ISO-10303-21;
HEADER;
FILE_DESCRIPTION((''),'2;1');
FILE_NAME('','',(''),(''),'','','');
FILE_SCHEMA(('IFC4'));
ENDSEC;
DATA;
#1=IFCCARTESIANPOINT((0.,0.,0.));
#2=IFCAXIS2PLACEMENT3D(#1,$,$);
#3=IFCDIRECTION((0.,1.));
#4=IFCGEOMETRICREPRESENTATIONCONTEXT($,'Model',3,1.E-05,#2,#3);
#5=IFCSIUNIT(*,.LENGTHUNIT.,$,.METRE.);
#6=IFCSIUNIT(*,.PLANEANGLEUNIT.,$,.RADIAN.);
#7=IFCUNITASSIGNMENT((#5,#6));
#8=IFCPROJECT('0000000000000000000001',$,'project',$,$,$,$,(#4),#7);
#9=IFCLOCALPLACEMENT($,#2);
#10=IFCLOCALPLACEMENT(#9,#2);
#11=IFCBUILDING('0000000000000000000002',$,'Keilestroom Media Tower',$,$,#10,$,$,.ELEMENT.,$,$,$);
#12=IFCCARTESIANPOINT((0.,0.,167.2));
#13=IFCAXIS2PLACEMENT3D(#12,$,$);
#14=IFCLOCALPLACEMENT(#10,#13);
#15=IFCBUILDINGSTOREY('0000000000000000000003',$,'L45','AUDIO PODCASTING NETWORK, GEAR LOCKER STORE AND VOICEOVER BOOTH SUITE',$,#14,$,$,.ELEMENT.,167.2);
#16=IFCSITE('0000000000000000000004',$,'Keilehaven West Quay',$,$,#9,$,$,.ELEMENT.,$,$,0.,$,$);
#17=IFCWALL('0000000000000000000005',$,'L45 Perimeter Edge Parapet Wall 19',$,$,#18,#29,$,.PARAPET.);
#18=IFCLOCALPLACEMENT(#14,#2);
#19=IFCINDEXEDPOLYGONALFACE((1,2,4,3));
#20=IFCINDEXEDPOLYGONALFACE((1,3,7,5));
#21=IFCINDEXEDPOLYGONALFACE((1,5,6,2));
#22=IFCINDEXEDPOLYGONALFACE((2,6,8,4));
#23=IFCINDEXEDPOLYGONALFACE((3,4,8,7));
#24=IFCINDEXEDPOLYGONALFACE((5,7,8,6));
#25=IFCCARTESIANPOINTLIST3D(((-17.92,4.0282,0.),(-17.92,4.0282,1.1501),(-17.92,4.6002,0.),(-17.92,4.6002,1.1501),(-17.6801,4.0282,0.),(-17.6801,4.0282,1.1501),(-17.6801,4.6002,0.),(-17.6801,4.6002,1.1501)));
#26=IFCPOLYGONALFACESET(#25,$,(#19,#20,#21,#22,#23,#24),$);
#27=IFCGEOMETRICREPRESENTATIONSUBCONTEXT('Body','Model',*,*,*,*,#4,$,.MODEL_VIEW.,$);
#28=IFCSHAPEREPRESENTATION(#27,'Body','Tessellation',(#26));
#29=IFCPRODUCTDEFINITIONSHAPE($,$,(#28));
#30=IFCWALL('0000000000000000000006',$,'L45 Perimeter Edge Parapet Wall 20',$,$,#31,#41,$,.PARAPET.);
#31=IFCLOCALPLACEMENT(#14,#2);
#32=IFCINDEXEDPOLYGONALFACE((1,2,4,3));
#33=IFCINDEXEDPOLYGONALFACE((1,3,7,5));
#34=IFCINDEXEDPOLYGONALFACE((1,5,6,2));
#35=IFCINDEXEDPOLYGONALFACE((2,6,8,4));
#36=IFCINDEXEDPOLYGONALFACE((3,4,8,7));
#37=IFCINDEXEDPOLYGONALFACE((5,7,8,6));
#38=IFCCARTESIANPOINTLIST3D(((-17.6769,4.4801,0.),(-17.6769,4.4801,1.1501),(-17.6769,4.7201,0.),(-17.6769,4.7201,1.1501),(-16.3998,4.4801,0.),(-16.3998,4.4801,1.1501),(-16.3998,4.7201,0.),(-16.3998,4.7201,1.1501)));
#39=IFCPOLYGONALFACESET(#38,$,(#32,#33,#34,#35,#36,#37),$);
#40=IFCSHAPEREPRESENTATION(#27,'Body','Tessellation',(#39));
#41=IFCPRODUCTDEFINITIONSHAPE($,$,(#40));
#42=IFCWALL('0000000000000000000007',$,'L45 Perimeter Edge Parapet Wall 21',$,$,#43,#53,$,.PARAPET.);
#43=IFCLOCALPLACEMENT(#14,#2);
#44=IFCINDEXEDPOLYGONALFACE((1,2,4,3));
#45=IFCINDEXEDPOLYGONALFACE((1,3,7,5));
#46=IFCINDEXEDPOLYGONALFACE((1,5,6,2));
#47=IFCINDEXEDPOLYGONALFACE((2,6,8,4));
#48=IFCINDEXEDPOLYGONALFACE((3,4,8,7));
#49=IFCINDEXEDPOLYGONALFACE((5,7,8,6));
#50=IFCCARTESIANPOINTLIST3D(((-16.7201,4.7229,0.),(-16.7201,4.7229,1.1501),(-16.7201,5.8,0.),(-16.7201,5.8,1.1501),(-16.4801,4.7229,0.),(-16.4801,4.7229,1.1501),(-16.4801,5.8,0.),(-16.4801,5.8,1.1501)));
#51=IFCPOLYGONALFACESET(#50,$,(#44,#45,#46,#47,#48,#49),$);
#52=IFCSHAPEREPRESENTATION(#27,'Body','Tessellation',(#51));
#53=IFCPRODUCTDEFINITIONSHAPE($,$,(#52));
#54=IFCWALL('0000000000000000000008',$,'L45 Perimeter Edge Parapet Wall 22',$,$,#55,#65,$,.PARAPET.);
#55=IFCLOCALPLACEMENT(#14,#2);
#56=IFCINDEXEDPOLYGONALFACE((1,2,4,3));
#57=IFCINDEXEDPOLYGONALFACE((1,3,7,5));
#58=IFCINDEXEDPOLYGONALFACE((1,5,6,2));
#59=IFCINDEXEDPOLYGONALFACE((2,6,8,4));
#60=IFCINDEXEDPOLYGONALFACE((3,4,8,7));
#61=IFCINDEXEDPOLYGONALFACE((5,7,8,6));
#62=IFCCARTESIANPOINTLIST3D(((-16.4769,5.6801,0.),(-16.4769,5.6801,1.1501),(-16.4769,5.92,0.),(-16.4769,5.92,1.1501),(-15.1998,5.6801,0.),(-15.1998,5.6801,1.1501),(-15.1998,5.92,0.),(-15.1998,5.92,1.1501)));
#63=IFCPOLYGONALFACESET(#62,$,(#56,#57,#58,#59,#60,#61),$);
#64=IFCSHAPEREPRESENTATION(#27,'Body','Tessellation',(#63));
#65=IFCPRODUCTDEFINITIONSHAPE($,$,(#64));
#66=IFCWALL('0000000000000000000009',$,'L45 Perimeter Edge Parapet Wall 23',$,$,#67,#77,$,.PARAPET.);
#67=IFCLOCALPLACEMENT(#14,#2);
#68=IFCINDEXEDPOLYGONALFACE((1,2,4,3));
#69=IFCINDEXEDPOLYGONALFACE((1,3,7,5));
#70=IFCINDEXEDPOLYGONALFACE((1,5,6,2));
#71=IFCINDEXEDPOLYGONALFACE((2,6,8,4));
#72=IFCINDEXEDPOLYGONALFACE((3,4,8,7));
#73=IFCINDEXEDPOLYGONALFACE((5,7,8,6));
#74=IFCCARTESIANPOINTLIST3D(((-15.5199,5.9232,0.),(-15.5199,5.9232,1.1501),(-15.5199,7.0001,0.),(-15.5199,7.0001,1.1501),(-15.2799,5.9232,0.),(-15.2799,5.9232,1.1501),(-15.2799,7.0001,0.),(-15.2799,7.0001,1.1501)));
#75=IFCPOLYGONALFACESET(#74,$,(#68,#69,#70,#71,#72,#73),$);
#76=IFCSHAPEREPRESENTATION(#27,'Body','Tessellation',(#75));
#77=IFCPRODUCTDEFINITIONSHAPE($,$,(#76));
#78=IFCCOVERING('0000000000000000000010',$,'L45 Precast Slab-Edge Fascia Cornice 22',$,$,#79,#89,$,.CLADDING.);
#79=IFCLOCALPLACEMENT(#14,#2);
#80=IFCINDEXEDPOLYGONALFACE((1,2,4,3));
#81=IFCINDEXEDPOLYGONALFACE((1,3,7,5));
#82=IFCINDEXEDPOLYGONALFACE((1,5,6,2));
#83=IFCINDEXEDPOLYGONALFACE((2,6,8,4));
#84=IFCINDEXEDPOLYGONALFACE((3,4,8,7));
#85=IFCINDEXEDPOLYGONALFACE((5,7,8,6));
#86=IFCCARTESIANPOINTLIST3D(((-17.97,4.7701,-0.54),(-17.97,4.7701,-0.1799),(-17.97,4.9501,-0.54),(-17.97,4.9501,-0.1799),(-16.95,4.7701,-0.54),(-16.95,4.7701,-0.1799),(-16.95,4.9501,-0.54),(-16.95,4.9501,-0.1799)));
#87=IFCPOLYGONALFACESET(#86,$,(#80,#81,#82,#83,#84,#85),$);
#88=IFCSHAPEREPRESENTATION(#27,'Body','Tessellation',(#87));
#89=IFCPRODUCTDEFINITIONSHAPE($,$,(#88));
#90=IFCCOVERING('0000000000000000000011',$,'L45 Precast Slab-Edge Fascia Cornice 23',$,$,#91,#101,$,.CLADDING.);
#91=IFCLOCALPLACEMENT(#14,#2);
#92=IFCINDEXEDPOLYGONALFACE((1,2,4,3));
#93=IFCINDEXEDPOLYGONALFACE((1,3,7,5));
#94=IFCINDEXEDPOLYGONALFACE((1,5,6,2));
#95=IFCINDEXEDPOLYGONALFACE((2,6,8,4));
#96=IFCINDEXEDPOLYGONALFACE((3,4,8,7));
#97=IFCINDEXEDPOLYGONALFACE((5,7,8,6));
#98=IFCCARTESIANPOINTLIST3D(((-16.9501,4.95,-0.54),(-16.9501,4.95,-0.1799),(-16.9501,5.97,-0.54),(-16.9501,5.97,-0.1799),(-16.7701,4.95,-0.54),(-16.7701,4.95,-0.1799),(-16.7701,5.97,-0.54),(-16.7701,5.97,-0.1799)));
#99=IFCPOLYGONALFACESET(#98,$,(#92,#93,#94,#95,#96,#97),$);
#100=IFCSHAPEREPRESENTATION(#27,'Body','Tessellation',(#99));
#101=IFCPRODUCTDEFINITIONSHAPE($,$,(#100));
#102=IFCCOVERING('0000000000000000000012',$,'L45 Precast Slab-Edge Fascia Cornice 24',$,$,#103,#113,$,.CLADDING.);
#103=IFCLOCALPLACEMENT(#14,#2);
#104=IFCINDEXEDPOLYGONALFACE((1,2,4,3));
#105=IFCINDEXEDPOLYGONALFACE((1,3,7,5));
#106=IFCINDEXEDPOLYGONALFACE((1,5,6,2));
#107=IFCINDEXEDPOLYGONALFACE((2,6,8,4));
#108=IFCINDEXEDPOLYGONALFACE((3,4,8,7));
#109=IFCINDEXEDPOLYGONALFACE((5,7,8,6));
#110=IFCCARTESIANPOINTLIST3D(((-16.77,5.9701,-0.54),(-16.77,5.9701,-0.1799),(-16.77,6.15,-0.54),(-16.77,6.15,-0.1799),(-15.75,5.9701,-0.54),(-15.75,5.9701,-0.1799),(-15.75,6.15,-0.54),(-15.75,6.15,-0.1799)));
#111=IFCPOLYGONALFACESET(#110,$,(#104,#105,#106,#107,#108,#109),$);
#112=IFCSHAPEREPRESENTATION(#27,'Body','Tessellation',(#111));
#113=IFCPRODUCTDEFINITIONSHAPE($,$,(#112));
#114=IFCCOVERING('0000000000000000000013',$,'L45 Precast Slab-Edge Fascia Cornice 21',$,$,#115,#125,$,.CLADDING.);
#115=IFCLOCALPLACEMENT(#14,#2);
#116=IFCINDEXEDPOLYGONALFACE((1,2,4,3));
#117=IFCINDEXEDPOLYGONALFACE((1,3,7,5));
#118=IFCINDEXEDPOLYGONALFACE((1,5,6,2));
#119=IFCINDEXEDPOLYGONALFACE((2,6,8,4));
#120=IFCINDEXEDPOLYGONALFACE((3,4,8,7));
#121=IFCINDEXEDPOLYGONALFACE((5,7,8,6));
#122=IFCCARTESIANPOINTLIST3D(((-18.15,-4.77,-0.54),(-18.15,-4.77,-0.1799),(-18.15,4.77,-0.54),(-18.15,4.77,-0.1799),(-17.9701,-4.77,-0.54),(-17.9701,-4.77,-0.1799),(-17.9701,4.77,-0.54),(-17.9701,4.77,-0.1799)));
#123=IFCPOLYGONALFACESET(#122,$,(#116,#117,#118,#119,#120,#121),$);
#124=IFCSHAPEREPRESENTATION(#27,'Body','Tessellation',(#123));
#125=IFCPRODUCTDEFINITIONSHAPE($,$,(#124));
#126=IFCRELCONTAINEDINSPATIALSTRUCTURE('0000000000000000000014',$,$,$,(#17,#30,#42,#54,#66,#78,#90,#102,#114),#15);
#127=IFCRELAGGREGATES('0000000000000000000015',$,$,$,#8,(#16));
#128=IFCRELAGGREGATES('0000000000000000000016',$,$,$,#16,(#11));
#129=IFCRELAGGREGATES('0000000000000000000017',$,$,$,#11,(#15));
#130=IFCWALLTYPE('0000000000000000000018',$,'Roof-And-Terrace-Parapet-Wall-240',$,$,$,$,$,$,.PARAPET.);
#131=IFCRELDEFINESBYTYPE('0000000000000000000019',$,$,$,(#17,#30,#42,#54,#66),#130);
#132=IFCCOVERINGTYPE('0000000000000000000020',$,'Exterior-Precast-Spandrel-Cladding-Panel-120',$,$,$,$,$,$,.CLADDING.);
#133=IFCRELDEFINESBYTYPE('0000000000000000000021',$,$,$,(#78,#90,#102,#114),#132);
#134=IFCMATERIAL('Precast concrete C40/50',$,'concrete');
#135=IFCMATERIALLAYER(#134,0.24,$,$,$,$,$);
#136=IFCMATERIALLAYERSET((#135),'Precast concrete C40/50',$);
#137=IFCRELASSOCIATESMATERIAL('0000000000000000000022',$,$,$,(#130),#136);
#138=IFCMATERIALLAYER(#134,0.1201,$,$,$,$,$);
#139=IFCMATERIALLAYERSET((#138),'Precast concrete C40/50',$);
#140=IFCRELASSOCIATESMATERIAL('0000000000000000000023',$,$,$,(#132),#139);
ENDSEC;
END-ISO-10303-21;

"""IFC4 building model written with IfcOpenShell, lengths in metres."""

from ifc_helpers import new_model, si_unit, direction, frame, frame_2d, origin, origin_2d, place, context, subcontext, project, spatial, rectangle, extrude, source, transform, mapped, material, layer, layer_set, type_object, element, save


model = new_model("IFC4")

# Units and contexts
model_context = context("Model", 3, precision=1e-05, world=origin(), true_north=direction((0.0, 1.0)))
body_context = subcontext(model_context, "Body", "Model", "MODEL_VIEW")
ifc_project = project(units=[si_unit("LENGTHUNIT", "METRE"), si_unit("PLANEANGLEUNIT", "RADIAN")], contexts=[model_context])

# Site, building, storey
site_placement = place(None, origin())
site = spatial("IfcSite", under=ifc_project, at=site_placement, Name="Keilehaven West Quay", CompositionType="ELEMENT", RefElevation=0.0)
building_placement = place(site_placement, origin())
building = spatial("IfcBuilding", under=site, at=building_placement, Name="Keilestroom Media Tower", CompositionType="ELEMENT")
storey_placement = place(building_placement, frame((0.0, 0.0, 167.2)))
storey = spatial("IfcBuildingStorey", under=building, at=storey_placement, Name="L45", Description="AUDIO PODCASTING NETWORK, GEAR LOCKER STORE AND VOICEOVER BOOTH SUITE", CompositionType="ELEMENT", Elevation=167.2)

# Shared definitions
ifc_material_1 = material(Name="Precast concrete C40/50", Category="concrete")

# Walls
ifc_layer_1 = layer(ifc_material_1, 0.24)
ifc_layer_set_1 = layer_set([ifc_layer_1], Name="Precast concrete C40/50")
wall_type_1 = type_object("IfcWallType", Name="Roof-And-Terrace-Parapet-Wall-240", PredefinedType="PARAPET", material=ifc_layer_set_1)
wall_1_placement = place(storey_placement, frame((-17.8, 4.0281, 0.0), z_axis=(0.0, 0.0, 1.0), x_axis=(0.0, 1.0, 0.0)))
element("IfcWall", 1, at=wall_1_placement, inside=storey, type_object=wall_type_1, Name="L45 Perimeter Edge Parapet Wall 19", PredefinedType="PARAPET", context=body_context, shape_type="SweptSolid", body=[
    extrude(rectangle(XDim=0.572, YDim=0.24, at=frame_2d((0.2861, 0.0))), origin(), (0.0, 0.0, 1.0), 1.1501),
])
wall_2_placement = place(storey_placement, frame((-17.677, 4.6001, 0.0), z_axis=(0.0, 0.0, 1.0), x_axis=(1.0, 0.0, 0.0)))
element("IfcWall", 2, at=wall_2_placement, inside=storey, type_object=wall_type_1, Name="L45 Perimeter Edge Parapet Wall 20", PredefinedType="PARAPET", context=body_context, shape_type="SweptSolid", body=[
    extrude(rectangle(XDim=1.2771, YDim=0.24, at=frame_2d((0.6387, 0.0))), origin(), (0.0, 0.0, 1.0), 1.1501),
])
wall_3_placement = place(storey_placement, frame((-16.6001, 4.7229, 0.0), z_axis=(0.0, 0.0, 1.0), x_axis=(0.0, 1.0, 0.0)))
element("IfcWall", 3, at=wall_3_placement, inside=storey, type_object=wall_type_1, Name="L45 Perimeter Edge Parapet Wall 21", PredefinedType="PARAPET", context=body_context, shape_type="SweptSolid", body=[
    extrude(rectangle(XDim=1.0771, YDim=0.24, at=frame_2d((0.5386, 0.0))), origin(), (0.0, 0.0, 1.0), 1.1501),
])
wall_4_placement = place(storey_placement, frame((-16.4771, 5.8, 0.0), z_axis=(0.0, 0.0, 1.0), x_axis=(1.0, 0.0, 0.0)))
element("IfcWall", 4, at=wall_4_placement, inside=storey, type_object=wall_type_1, Name="L45 Perimeter Edge Parapet Wall 22", PredefinedType="PARAPET", context=body_context, shape_type="SweptSolid", body=[
    extrude(rectangle(XDim=1.2771, YDim=0.24, at=frame_2d((0.6387, 0.0))), origin(), (0.0, 0.0, 1.0), 1.1501),
])
wall_5_placement = place(storey_placement, frame((-15.3999, 5.9231, 0.0), z_axis=(0.0, 0.0, 1.0), x_axis=(0.0, 1.0, 0.0)))
element("IfcWall", 5, at=wall_5_placement, inside=storey, type_object=wall_type_1, Name="L45 Perimeter Edge Parapet Wall 23", PredefinedType="PARAPET", context=body_context, shape_type="SweptSolid", body=[
    extrude(rectangle(XDim=1.0769, YDim=0.24, at=frame_2d((0.5386, 0.0))), origin(), (0.0, 0.0, 1.0), 1.1501),
])

# Coverings
ifc_layer_2 = layer(ifc_material_1, 0.1201)
ifc_layer_set_2 = layer_set([ifc_layer_2], Name="Precast concrete C40/50")
covering_type = type_object("IfcCoveringType", Name="Exterior-Precast-Spandrel-Cladding-Panel-120", PredefinedType="CLADDING", material=ifc_layer_set_2)
shared_shape_1 = source(origin(), body_context, "Body", "SweptSolid", [
    extrude(rectangle(XDim=1.02, YDim=0.1799, at=origin_2d()), origin(), (0.0, 0.0, 1.0), 0.3601),
])
for number, where, z_axis, x_axis, name in (
    (6, (-17.46, 4.8601, -0.54), (0.0, 0.0, 1.0), (1.0, 0.0, 0.0), "L45 Precast Slab-Edge Fascia Cornice 22"),
    (7, (-16.8601, 5.46, -0.54), (0.0, 0.0, 1.0), (0.0, 1.0, 0.0), "L45 Precast Slab-Edge Fascia Cornice 23"),
    (8, (-16.26, 6.0601, -0.54), (0.0, 0.0, 1.0), (1.0, 0.0, 0.0), "L45 Precast Slab-Edge Fascia Cornice 24"),
):
    element("IfcCovering", number, at=place(storey_placement, frame(where, z_axis=z_axis, x_axis=x_axis)), inside=storey, type_object=covering_type, Name=name, PredefinedType="CLADDING", context=body_context, shape_type="MappedRepresentation", body=[
        mapped(shared_shape_1, transform((0.0, 0.0, 0.0), x_axis=(1.0, 0.0, 0.0), y_axis=(0.0, 1.0, 0.0), z_axis=(0.0, 0.0, 1.0), scale=1.0)),
    ])
shared_shape_2 = source(origin(), body_context, "Body", "SweptSolid", [
    extrude(rectangle(XDim=9.54, YDim=0.1799, at=origin_2d()), origin(), (0.0, 0.0, 1.0), 0.3601),
])
covering_placement = place(storey_placement, frame((-18.0601, 0.0, -0.54), z_axis=(0.0, 0.0, 1.0), x_axis=(0.0, 1.0, 0.0)))
element("IfcCovering", 9, at=covering_placement, inside=storey, type_object=covering_type, Name="L45 Precast Slab-Edge Fascia Cornice 21", PredefinedType="CLADDING", context=body_context, shape_type="MappedRepresentation", body=[
    mapped(shared_shape_2, transform((0.0, 0.0, 0.0), x_axis=(1.0, 0.0, 0.0), y_axis=(0.0, 1.0, 0.0), z_axis=(0.0, 0.0, 1.0), scale=1.0)),
])

save(model, "model.ifc")
